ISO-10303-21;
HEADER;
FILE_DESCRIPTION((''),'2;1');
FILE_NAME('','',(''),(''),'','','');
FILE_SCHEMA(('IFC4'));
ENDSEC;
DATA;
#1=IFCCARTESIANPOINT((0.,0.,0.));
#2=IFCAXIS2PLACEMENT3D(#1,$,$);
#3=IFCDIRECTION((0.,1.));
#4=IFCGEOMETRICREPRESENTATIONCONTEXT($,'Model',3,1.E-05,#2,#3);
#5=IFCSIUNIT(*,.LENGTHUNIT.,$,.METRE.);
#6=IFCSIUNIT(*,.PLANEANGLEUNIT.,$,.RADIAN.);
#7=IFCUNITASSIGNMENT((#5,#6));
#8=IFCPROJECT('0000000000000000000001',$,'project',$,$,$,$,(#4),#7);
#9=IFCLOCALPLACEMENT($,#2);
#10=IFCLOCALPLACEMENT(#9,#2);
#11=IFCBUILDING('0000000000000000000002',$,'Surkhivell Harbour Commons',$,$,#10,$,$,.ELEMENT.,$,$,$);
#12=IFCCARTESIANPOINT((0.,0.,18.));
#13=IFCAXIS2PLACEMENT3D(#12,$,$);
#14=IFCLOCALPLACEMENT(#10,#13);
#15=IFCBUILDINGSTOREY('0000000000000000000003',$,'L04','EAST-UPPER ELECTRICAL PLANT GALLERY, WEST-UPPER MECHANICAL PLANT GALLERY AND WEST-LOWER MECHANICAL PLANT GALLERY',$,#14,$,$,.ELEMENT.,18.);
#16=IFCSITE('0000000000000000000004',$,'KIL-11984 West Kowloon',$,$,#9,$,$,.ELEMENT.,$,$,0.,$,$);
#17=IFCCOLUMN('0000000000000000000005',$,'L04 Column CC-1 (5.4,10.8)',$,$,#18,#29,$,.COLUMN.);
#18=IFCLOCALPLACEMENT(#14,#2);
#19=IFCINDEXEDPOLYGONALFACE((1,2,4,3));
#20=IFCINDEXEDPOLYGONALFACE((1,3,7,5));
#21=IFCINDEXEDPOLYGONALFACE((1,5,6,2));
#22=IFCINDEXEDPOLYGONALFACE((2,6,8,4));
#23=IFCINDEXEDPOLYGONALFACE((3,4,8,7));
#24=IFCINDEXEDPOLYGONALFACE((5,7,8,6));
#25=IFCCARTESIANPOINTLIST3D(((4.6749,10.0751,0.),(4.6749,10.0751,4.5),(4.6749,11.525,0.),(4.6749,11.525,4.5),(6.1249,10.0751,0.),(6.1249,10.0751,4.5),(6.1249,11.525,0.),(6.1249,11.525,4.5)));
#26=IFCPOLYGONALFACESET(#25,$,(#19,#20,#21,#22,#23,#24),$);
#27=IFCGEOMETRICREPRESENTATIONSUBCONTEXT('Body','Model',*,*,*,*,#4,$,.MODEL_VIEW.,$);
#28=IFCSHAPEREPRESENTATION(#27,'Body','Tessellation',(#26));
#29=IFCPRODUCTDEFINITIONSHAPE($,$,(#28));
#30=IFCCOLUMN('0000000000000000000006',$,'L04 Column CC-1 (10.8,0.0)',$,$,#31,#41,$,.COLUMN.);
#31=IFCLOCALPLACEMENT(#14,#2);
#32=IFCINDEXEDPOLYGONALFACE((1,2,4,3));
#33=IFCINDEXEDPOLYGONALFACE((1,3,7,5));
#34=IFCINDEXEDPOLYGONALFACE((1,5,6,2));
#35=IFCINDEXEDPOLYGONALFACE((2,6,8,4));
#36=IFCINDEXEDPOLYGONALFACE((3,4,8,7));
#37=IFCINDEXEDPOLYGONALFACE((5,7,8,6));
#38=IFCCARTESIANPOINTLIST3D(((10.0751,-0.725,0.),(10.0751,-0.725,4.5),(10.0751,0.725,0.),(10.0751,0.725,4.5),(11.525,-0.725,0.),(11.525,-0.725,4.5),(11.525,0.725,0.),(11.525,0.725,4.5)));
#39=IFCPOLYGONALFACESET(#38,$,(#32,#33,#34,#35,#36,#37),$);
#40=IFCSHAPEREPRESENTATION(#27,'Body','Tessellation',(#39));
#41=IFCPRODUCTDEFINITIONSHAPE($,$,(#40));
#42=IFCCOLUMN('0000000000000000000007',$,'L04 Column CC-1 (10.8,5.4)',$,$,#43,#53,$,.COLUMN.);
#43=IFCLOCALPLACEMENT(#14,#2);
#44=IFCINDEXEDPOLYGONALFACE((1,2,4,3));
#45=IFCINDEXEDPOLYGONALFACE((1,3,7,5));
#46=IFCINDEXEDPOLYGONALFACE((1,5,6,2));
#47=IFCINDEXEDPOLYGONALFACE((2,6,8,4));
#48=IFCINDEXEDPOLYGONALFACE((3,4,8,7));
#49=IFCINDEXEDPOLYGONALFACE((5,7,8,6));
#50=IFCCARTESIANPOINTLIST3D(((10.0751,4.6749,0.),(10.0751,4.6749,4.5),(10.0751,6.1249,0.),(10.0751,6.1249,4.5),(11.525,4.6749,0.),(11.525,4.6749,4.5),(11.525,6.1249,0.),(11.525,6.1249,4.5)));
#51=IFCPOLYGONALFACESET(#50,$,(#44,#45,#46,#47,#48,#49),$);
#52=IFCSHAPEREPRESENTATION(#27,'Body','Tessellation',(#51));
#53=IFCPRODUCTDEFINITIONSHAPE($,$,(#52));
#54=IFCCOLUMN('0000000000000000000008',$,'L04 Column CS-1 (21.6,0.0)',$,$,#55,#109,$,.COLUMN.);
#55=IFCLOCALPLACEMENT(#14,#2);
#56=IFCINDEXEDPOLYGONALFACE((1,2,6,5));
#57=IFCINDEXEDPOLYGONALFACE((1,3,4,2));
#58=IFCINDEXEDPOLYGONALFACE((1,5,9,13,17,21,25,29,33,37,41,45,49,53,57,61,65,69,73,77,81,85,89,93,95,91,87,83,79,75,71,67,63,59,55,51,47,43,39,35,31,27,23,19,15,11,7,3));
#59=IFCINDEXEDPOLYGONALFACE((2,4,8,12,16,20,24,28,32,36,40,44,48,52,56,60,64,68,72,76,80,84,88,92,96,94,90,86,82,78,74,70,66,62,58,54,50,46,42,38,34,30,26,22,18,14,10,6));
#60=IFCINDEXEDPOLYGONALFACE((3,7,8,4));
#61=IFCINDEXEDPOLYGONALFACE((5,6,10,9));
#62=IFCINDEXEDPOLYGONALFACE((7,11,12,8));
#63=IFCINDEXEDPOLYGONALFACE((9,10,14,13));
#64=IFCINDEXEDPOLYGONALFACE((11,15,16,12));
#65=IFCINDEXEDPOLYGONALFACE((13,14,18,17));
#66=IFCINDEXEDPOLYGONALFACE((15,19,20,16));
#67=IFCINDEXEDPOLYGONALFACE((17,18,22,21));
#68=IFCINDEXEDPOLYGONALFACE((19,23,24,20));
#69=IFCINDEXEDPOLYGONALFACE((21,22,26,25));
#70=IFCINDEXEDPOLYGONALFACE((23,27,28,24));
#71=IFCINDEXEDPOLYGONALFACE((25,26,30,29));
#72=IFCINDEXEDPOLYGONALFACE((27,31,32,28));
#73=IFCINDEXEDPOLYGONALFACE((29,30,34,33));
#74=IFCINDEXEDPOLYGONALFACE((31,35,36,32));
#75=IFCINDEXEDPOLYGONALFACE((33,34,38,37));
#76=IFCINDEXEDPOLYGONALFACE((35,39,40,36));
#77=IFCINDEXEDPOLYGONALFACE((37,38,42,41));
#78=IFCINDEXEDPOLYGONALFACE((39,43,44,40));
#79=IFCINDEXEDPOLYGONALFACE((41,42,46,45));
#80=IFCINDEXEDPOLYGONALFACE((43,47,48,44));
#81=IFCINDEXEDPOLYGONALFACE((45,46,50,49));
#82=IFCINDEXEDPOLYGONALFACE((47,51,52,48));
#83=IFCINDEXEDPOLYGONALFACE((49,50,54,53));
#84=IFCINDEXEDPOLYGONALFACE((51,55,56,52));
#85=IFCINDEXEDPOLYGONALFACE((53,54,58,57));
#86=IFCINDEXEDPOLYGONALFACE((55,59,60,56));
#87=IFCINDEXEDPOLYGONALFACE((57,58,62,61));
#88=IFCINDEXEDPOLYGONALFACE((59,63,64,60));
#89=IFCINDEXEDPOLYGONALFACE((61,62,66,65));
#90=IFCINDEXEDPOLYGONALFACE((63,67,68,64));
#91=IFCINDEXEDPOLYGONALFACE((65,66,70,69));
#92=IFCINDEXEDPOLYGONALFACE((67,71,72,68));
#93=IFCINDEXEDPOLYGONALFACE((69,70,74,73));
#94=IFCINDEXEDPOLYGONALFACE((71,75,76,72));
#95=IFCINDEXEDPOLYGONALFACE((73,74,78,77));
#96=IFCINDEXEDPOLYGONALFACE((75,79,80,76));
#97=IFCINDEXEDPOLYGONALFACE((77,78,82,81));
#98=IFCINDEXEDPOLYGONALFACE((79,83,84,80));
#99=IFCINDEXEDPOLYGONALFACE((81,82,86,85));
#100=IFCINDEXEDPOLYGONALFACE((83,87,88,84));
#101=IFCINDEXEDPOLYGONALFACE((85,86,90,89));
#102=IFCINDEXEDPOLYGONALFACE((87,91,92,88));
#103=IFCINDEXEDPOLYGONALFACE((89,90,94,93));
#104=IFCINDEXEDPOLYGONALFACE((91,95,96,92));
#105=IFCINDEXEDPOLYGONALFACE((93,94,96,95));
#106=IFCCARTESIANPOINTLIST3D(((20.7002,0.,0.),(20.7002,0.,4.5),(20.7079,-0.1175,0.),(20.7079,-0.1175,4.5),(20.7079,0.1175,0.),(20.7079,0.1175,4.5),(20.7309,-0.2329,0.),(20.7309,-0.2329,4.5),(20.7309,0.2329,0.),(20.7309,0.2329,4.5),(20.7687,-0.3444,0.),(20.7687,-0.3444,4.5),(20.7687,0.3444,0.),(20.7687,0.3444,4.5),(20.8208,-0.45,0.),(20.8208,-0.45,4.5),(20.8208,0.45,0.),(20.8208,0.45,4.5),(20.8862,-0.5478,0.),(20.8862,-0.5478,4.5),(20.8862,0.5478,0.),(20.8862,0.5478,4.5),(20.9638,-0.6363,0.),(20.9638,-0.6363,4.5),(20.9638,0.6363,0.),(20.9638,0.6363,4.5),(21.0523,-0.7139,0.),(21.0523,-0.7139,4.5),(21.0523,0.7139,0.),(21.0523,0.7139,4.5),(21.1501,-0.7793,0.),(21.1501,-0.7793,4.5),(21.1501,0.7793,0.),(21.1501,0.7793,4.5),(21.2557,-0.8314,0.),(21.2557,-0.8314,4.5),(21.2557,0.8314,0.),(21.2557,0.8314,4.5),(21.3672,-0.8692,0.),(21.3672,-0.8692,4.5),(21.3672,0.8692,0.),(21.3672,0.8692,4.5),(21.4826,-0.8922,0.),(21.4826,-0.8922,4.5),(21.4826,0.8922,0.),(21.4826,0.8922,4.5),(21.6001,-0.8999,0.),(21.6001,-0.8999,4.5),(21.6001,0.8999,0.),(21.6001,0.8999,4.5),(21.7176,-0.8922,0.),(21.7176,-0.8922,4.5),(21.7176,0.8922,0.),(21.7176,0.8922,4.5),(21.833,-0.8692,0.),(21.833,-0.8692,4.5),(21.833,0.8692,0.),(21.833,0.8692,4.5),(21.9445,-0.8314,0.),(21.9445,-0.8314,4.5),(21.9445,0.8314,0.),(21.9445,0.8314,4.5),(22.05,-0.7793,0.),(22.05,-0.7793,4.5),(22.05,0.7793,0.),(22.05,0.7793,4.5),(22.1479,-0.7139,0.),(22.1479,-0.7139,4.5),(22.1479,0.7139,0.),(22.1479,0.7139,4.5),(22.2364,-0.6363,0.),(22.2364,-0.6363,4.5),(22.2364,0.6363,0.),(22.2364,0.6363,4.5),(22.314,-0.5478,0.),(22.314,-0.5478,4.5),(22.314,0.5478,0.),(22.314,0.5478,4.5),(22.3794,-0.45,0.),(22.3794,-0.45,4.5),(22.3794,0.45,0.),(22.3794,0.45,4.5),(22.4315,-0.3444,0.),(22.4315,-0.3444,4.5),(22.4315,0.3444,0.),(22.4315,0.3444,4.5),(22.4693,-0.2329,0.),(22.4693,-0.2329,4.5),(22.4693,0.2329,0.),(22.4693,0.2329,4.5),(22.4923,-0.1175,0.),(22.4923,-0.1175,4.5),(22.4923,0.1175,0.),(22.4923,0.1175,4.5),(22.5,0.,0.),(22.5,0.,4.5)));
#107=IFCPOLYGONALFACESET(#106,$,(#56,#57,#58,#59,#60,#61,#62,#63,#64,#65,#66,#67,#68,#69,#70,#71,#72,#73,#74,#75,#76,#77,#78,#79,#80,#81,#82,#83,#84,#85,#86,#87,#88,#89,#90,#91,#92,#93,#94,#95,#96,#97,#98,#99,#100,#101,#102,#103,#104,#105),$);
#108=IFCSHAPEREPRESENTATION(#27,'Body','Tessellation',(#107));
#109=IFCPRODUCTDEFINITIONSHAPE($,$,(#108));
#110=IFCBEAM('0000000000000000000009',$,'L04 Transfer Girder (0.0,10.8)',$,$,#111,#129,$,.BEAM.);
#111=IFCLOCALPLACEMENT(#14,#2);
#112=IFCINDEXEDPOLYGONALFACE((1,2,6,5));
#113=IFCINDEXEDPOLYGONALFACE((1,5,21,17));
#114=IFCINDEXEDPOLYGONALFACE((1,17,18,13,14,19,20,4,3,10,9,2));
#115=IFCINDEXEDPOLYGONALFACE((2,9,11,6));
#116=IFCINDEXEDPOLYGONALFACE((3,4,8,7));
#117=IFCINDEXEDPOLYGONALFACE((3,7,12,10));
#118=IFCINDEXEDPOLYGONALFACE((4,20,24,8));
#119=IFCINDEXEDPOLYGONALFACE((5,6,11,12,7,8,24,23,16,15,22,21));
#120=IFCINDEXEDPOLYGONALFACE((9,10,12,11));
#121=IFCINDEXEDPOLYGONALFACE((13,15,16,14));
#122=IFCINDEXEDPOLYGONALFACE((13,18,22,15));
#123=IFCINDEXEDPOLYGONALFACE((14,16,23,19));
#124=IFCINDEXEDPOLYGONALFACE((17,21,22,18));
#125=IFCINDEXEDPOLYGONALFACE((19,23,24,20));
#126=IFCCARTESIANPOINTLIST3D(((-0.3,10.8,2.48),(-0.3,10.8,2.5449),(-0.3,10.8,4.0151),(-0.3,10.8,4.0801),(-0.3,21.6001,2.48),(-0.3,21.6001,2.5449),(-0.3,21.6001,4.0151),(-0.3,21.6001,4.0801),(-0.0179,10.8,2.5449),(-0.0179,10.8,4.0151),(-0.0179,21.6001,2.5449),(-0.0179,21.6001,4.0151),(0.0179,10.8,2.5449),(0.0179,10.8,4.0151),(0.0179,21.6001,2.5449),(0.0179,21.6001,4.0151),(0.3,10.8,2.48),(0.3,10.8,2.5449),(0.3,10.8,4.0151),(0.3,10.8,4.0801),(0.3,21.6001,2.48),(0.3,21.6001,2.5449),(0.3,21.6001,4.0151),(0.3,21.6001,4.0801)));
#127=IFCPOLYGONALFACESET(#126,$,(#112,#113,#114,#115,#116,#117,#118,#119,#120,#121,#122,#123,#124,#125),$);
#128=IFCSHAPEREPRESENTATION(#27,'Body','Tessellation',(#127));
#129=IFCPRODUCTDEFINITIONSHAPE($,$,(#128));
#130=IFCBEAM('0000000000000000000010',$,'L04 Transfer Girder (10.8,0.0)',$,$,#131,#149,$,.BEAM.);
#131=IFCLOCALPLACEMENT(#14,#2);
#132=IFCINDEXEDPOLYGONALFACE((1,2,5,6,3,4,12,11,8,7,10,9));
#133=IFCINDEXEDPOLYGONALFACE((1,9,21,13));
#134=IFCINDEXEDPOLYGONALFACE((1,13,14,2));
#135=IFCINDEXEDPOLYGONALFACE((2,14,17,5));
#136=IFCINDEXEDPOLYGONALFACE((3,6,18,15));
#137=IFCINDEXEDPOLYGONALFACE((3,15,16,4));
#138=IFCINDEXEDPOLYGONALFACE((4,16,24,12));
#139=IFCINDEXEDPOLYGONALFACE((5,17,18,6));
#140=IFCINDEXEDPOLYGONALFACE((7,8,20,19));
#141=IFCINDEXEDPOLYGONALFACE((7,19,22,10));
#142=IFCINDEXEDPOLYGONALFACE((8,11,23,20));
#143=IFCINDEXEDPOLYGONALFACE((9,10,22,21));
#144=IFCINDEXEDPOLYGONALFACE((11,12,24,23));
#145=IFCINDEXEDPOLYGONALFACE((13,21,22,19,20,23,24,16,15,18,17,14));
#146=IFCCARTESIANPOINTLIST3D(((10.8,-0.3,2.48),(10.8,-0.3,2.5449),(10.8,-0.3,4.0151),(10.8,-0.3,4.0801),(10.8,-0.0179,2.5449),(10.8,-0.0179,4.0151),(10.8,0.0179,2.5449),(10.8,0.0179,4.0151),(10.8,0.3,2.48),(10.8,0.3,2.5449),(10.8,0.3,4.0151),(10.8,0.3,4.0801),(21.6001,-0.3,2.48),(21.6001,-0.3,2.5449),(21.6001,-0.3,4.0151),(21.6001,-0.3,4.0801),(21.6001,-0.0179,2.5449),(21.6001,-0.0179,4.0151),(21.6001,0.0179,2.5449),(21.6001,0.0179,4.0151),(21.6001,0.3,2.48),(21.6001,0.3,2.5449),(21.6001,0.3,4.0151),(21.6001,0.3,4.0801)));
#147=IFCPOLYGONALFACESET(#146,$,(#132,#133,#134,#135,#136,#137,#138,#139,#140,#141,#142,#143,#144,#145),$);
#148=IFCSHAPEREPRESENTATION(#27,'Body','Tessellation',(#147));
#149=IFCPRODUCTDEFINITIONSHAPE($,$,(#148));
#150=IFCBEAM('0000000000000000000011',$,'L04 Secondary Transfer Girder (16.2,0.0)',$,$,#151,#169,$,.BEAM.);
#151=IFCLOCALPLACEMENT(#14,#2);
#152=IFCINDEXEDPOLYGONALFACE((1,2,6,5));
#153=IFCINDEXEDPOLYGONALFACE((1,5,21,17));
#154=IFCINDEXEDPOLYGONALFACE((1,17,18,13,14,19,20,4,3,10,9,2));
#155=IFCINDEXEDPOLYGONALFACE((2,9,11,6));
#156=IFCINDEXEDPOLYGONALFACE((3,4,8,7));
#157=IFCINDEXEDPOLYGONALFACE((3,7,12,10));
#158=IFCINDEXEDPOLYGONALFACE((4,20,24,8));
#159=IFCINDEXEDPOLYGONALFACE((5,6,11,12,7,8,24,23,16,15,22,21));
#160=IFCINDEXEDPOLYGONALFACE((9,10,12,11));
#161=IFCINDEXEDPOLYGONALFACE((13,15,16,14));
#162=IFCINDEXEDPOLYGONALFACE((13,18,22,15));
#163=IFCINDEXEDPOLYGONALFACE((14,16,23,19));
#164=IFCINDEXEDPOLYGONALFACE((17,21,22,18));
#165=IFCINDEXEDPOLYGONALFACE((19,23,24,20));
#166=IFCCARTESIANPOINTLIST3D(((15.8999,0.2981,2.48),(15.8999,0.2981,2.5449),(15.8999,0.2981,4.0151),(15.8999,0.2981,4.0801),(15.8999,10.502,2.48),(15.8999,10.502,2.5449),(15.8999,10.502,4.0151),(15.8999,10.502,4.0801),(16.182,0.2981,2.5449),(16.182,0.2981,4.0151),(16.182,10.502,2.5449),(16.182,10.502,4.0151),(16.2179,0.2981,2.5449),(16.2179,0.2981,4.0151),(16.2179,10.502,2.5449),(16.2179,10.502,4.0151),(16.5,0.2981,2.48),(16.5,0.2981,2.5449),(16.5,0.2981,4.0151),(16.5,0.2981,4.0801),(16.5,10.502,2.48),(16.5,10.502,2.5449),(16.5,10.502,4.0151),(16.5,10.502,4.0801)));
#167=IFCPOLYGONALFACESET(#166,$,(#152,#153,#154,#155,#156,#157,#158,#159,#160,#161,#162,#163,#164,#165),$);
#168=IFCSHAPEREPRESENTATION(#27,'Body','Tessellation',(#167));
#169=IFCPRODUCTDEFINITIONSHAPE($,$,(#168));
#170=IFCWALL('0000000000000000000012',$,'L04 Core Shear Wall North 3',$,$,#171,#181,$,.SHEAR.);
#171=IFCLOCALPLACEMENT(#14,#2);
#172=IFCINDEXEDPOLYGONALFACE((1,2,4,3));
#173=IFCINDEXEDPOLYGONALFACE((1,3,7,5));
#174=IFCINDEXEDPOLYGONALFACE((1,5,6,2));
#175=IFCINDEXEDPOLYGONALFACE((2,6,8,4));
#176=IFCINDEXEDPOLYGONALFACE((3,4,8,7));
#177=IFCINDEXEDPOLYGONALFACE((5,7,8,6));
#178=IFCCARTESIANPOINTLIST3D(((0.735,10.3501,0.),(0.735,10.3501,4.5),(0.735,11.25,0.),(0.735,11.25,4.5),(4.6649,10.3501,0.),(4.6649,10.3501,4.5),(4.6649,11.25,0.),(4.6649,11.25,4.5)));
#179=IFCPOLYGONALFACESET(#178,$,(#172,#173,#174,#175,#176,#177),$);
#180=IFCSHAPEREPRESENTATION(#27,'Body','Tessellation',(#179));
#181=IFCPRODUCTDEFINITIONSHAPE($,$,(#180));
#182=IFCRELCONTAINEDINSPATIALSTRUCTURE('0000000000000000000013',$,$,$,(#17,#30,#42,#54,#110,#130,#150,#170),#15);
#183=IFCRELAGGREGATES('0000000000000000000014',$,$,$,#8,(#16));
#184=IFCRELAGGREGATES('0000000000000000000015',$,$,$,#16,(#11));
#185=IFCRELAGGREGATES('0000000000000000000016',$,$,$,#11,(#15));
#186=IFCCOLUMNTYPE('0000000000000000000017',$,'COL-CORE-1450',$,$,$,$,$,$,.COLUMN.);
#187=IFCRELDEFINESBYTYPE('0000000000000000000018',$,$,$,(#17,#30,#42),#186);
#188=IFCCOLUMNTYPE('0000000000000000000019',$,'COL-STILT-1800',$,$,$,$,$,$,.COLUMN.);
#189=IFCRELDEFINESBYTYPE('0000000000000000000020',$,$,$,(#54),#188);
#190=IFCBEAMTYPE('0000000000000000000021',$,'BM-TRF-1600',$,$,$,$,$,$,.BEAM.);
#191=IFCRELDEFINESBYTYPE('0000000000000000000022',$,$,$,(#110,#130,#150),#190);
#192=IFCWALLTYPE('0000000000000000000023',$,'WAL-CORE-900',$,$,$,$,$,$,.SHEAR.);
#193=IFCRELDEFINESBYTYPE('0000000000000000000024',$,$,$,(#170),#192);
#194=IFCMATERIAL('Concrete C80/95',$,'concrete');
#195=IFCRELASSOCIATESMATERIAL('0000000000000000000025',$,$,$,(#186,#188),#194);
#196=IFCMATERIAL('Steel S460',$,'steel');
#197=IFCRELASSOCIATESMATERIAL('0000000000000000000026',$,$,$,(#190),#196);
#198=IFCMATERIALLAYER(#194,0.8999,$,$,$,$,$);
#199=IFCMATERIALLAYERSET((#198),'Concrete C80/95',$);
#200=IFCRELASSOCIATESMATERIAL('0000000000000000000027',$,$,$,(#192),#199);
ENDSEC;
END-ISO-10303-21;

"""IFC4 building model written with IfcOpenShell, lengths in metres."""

from ifc_helpers import new_model, si_unit, direction, frame, frame_2d, origin, origin_2d, place, context, subcontext, project, spatial, rectangle, circle, i_section, extrude, material, layer, layer_set, material_profile, profile_set, type_object, element, save


model = new_model("IFC4")

# Units and contexts
model_context = context("Model", 3, precision=1e-05, world=origin(), true_north=direction((0.0, 1.0)))
body_context = subcontext(model_context, "Body", "Model", "MODEL_VIEW")
ifc_project = project(units=[si_unit("LENGTHUNIT", "METRE"), si_unit("PLANEANGLEUNIT", "RADIAN")], contexts=[model_context])

# Site, building, storey
site_placement = place(None, origin())
site = spatial("IfcSite", under=ifc_project, at=site_placement, Name="KIL-11984 West Kowloon", CompositionType="ELEMENT", RefElevation=0.0)
building_placement = place(site_placement, origin())
building = spatial("IfcBuilding", under=site, at=building_placement, Name="Surkhivell Harbour Commons", CompositionType="ELEMENT")
storey_placement = place(building_placement, frame((0.0, 0.0, 18.0)))
storey = spatial("IfcBuildingStorey", under=building, at=storey_placement, Name="L04", Description="EAST-UPPER ELECTRICAL PLANT GALLERY, WEST-UPPER MECHANICAL PLANT GALLERY AND WEST-LOWER MECHANICAL PLANT GALLERY", CompositionType="ELEMENT", Elevation=18.0)

# Columns
ifc_material_1 = material(Name="Concrete C80/95", Category="concrete")
ifc_material_profile_1 = material_profile(ifc_material_1, rectangle(XDim=1.45, YDim=1.45, at=origin_2d()), Name="RC-COL-1450x1450")
ifc_profile_set_1 = profile_set([ifc_material_profile_1], Name="Concrete C80/95")
column_type_1 = type_object("IfcColumnType", Name="COL-CORE-1450", PredefinedType="COLUMN", material=ifc_profile_set_1)
for number, where, z_axis, x_axis, name in (
    (1, (5.3999, 10.8, 0.0), (0.0, 0.0, 1.0), (1.0, 0.0, 0.0), "L04 Column CC-1 (5.4,10.8)"),
    (2, (10.8, 0.0, 0.0), (0.0, 0.0, 1.0), (1.0, 0.0, 0.0), "L04 Column CC-1 (10.8,0.0)"),
    (3, (10.8, 5.3999, 0.0), (0.0, 0.0, 1.0), (1.0, 0.0, 0.0), "L04 Column CC-1 (10.8,5.4)"),
):
    element("IfcColumn", number, at=place(storey_placement, frame(where, z_axis=z_axis, x_axis=x_axis)), inside=storey, type_object=column_type_1, Name=name, PredefinedType="COLUMN", context=body_context, shape_type="SweptSolid", body=[
        extrude(rectangle(XDim=1.45, YDim=1.45, at=origin_2d()), origin(), (0.0, 0.0, 1.0), 4.5),
    ])
ifc_material_profile_2 = material_profile(ifc_material_1, circle(Radius=0.8999, at=origin_2d()), Name="RC-CIRC-1800")
ifc_profile_set_2 = profile_set([ifc_material_profile_2], Name="Concrete C80/95")
column_type_2 = type_object("IfcColumnType", Name="COL-STILT-1800", PredefinedType="COLUMN", material=ifc_profile_set_2)
column_placement = place(storey_placement, frame((21.6001, 0.0, 0.0), z_axis=(0.0, 0.0, 1.0), x_axis=(1.0, 0.0, 0.0)))
element("IfcColumn", 4, at=column_placement, inside=storey, type_object=column_type_2, Name="L04 Column CS-1 (21.6,0.0)", PredefinedType="COLUMN", context=body_context, shape_type="SweptSolid", body=[
    extrude(circle(Radius=0.8999, at=origin_2d()), origin(), (0.0, 0.0, 1.0), 4.5),
])

# Beams
ifc_material_2 = material(Name="Steel S460", Category="steel")
ifc_material_profile_3 = material_profile(ifc_material_2, i_section(OverallWidth=0.6001, OverallDepth=1.6001, WebThickness=0.0359, FlangeThickness=0.0649, at=origin_2d()), Name="WPG1600x600x296")
ifc_profile_set_3 = profile_set([ifc_material_profile_3], Name="Steel S460")
beam_type = type_object("IfcBeamType", Name="BM-TRF-1600", PredefinedType="BEAM", material=ifc_profile_set_3)
for number, where, z_axis, x_axis, name in (
    (5, (0.0, 10.8, 3.28), (0.0, 1.0, 0.0), (-1.0, 0.0, 0.0), "L04 Transfer Girder (0.0,10.8)"),
    (6, (10.8, 0.0, 3.28), (1.0, 0.0, 0.0), (0.0, 1.0, 0.0), "L04 Transfer Girder (10.8,0.0)"),
):
    element("IfcBeam", number, at=place(storey_placement, frame(where, z_axis=z_axis, x_axis=x_axis)), inside=storey, type_object=beam_type, Name=name, PredefinedType="BEAM", context=body_context, shape_type="SweptSolid", body=[
        extrude(i_section(OverallWidth=0.6001, OverallDepth=1.6001, WebThickness=0.0359, FlangeThickness=0.0649, at=origin_2d()), origin(), (0.0, 0.0, 1.0), 10.8),
    ])
beam_placement = place(storey_placement, frame((16.2, 0.2981, 3.28), z_axis=(0.0, 1.0, 0.0), x_axis=(-1.0, 0.0, 0.0)))
element("IfcBeam", 7, at=beam_placement, inside=storey, type_object=beam_type, Name="L04 Secondary Transfer Girder (16.2,0.0)", PredefinedType="BEAM", context=body_context, shape_type="SweptSolid", body=[
    extrude(i_section(OverallWidth=0.6001, OverallDepth=1.6001, WebThickness=0.0359, FlangeThickness=0.0649, at=origin_2d()), origin(), (0.0, 0.0, 1.0), 10.2039),
])

# Wall
ifc_layer_1 = layer(ifc_material_1, 0.8999)
ifc_layer_set_1 = layer_set([ifc_layer_1], Name="Concrete C80/95")
wall_type_1 = type_object("IfcWallType", Name="WAL-CORE-900", PredefinedType="SHEAR", material=ifc_layer_set_1)
wall_1_placement = place(storey_placement, frame((0.7351, 10.8, 0.0), z_axis=(0.0, 0.0, 1.0), x_axis=(1.0, 0.0, 0.0)))
element("IfcWall", 8, at=wall_1_placement, inside=storey, type_object=wall_type_1, Name="L04 Core Shear Wall North 3", PredefinedType="SHEAR", context=body_context, shape_type="SweptSolid", body=[
    extrude(rectangle(XDim=3.9299, YDim=0.8999, at=frame_2d((1.9648, 0.0))), origin(), (0.0, 0.0, 1.0), 4.5),
])

save(model, "model.ifc")
